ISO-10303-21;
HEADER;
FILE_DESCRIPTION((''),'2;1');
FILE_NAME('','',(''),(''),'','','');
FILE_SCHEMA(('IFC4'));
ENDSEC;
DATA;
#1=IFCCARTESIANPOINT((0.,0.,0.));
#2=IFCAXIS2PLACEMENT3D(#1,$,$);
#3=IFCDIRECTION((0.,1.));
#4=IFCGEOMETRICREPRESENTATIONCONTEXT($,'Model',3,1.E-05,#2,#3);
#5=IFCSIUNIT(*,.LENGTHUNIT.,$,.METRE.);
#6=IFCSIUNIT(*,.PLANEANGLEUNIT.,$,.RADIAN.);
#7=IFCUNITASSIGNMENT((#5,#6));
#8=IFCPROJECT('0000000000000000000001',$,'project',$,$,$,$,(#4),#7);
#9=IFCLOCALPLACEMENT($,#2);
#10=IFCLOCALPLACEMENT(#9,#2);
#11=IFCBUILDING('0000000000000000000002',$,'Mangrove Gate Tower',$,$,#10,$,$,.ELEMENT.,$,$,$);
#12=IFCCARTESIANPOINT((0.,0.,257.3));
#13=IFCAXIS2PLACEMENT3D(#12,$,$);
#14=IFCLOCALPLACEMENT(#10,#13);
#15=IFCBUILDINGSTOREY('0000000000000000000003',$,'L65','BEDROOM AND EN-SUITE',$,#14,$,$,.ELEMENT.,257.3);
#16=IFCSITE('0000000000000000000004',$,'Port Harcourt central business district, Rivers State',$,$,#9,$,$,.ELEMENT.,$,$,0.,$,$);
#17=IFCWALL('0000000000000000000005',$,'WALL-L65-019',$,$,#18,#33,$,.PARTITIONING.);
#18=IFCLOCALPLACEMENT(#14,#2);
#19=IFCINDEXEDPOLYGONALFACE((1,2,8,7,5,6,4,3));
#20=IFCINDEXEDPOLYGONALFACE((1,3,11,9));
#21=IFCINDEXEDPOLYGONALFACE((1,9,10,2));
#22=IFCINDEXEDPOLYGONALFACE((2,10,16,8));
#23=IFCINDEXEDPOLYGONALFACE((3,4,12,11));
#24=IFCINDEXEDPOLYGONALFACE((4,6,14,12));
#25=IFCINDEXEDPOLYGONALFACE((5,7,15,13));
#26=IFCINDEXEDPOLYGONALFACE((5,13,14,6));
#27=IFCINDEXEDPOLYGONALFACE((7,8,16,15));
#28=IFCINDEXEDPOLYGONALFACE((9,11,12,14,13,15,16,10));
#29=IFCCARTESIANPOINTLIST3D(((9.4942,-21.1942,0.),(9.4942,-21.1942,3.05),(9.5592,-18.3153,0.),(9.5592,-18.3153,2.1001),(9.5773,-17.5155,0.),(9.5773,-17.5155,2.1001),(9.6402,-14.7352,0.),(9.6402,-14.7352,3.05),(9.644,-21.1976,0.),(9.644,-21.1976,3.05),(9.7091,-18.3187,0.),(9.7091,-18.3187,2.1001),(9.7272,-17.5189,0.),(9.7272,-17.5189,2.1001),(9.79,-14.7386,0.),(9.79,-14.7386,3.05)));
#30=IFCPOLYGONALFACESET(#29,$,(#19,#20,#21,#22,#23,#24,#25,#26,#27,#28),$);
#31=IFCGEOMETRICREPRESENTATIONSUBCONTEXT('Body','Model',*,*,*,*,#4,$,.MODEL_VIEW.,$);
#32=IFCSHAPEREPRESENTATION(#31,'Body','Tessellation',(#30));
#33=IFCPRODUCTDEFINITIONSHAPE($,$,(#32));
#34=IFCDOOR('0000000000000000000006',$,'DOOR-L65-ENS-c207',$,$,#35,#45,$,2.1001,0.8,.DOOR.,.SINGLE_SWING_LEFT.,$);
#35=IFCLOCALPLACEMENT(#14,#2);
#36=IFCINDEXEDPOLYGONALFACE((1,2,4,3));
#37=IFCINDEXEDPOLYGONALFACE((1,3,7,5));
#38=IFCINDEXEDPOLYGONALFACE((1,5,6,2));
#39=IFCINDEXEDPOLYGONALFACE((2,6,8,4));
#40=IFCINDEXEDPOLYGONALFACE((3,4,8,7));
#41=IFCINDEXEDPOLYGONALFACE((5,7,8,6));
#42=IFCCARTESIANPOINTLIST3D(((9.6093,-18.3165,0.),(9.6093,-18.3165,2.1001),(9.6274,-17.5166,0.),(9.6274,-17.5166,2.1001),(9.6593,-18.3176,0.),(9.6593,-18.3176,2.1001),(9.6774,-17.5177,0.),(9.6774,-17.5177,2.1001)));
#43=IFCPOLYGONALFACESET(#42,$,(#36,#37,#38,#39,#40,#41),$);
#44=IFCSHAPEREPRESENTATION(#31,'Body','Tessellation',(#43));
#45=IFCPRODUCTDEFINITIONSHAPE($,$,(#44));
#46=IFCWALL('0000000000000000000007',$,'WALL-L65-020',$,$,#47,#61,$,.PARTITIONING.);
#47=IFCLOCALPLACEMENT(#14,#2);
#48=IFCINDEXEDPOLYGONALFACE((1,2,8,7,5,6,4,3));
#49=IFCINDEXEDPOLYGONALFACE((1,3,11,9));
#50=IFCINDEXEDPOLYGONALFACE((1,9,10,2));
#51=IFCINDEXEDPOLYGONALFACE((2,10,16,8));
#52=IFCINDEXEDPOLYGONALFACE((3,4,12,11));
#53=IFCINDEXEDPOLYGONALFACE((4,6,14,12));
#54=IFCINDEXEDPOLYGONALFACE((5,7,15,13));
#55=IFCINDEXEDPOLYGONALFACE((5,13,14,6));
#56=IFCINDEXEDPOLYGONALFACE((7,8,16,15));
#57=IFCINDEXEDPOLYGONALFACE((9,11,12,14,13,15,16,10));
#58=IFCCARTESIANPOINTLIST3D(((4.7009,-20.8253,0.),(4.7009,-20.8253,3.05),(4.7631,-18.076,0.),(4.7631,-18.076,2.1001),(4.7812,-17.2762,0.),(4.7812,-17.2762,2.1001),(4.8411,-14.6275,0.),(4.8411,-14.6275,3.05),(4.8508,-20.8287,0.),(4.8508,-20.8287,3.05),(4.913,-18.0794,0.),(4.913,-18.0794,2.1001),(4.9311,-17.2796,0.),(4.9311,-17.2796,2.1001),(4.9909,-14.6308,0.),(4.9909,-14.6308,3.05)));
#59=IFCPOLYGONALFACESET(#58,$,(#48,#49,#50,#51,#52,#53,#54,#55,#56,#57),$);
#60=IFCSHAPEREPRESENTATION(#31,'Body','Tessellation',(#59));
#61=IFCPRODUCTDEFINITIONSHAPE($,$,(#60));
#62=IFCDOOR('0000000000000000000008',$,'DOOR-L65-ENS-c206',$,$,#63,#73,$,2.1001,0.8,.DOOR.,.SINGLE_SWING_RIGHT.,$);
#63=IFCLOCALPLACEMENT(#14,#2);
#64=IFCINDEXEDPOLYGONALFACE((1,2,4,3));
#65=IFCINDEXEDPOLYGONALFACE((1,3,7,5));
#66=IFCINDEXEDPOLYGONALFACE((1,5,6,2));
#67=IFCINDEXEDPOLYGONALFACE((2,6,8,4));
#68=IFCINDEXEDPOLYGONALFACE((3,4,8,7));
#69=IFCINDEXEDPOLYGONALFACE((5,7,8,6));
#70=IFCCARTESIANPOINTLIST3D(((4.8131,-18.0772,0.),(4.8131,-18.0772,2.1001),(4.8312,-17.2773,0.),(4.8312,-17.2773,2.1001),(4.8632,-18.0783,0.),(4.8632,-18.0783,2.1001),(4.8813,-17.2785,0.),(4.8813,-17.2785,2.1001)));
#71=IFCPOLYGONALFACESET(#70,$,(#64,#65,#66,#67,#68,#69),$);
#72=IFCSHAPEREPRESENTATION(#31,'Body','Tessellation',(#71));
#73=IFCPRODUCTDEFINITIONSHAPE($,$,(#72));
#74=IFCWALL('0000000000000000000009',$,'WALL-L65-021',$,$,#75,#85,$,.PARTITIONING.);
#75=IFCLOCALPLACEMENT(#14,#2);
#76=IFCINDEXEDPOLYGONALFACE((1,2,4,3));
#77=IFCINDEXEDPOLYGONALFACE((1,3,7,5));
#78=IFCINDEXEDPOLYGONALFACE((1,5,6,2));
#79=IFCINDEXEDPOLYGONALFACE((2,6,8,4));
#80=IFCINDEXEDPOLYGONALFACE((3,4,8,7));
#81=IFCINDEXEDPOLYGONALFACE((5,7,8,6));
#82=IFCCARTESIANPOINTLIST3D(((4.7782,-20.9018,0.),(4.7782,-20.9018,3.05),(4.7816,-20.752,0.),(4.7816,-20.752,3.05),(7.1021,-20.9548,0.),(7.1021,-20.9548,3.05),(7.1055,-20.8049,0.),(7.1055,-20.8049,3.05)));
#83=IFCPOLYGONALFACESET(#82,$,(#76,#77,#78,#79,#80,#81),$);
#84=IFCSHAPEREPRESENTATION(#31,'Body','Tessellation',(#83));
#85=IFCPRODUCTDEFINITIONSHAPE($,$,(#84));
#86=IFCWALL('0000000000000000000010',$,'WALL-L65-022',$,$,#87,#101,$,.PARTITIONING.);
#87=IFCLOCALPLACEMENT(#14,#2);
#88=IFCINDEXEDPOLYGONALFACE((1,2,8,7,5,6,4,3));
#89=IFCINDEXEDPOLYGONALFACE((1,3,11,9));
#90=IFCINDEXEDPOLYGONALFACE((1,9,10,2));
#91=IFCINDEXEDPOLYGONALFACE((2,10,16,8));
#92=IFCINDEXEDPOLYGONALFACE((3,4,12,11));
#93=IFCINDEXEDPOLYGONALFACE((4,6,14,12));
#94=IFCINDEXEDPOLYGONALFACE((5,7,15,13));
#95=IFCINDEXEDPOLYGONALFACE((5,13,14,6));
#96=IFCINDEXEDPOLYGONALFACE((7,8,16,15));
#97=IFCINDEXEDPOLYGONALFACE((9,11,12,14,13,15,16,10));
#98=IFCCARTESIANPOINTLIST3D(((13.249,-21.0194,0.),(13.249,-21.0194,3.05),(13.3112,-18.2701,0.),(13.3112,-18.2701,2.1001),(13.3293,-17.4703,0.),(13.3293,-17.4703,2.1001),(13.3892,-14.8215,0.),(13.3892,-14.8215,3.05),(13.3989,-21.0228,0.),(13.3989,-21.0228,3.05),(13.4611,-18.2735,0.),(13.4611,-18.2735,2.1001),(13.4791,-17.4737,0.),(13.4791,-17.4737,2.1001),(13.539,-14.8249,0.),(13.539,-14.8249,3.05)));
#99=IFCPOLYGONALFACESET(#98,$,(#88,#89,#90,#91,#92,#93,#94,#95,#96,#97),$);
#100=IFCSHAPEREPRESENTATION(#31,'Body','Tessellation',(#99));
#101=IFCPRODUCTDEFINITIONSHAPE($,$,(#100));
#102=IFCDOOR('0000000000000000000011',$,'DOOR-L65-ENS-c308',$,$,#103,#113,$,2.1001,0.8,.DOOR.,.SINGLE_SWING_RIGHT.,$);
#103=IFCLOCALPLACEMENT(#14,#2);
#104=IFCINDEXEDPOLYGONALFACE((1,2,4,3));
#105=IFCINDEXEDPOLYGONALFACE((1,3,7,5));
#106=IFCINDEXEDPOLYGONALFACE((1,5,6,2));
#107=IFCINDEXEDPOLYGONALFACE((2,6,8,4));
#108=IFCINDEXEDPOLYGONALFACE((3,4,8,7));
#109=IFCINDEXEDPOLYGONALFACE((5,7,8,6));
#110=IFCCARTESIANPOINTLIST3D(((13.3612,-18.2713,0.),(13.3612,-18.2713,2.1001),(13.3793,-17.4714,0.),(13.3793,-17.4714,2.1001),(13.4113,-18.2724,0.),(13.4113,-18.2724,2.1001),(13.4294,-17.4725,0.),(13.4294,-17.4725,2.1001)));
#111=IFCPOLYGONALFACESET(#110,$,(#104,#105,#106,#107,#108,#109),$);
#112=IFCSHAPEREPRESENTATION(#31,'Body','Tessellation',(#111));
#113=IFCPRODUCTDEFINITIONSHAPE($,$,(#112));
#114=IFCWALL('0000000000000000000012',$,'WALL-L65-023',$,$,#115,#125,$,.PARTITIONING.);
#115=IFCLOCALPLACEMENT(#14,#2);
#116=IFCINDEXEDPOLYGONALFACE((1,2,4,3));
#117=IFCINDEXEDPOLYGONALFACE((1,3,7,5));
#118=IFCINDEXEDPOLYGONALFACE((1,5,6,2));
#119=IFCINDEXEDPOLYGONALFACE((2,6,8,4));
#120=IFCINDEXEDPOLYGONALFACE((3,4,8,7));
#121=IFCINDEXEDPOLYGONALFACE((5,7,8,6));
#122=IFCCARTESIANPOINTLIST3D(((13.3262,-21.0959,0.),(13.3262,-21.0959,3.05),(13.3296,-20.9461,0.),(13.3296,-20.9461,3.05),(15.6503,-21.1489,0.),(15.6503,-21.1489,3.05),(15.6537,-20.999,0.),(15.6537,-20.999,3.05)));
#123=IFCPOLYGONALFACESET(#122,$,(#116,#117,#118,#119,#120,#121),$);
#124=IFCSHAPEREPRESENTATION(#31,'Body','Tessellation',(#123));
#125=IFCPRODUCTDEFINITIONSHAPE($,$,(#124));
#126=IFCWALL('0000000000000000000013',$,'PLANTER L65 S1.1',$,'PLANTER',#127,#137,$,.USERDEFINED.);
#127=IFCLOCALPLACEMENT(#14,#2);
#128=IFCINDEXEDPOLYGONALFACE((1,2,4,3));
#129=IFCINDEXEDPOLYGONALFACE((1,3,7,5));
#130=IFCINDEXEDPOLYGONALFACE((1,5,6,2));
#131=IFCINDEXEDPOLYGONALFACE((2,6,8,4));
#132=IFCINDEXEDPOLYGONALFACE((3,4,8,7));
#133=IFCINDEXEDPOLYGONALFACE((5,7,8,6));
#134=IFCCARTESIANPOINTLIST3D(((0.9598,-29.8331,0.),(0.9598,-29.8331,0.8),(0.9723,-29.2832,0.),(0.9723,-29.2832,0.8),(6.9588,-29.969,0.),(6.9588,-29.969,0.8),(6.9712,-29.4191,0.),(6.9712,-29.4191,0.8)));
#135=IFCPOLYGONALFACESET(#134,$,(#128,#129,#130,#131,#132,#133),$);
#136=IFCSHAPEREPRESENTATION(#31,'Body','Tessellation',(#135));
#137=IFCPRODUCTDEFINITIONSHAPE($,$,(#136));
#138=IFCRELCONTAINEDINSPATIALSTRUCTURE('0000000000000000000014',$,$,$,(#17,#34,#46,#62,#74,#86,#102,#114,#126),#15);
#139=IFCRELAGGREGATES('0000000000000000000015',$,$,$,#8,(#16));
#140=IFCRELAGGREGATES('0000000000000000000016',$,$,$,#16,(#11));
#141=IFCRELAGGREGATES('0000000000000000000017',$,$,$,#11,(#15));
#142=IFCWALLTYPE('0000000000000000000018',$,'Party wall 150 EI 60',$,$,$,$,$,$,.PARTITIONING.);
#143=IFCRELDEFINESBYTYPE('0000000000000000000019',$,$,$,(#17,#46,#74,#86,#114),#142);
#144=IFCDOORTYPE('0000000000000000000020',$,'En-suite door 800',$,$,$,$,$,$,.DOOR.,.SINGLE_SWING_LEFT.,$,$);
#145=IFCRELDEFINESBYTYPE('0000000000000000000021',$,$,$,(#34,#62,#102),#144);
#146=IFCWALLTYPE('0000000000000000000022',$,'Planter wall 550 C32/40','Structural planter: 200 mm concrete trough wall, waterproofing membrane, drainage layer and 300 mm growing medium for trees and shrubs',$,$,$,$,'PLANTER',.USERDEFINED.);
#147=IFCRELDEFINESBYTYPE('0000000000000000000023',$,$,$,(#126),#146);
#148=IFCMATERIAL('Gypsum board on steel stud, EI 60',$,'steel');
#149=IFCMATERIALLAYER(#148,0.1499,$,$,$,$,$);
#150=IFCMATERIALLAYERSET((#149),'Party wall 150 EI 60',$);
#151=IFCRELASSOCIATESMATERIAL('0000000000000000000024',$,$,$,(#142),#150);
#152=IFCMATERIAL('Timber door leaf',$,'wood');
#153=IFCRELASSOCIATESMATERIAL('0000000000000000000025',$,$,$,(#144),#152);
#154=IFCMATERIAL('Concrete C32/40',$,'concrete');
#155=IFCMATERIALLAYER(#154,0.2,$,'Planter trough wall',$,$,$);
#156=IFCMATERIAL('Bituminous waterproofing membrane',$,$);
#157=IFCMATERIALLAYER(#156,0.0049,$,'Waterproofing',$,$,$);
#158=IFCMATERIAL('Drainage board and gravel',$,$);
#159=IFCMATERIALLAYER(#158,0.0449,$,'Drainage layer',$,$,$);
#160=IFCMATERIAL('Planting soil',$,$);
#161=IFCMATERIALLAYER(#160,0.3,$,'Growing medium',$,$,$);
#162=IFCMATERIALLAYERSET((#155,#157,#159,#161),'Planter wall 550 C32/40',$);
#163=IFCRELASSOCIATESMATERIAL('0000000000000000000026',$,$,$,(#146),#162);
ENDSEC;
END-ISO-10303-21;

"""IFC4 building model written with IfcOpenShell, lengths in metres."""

from ifc_helpers import new_model, si_unit, direction, frame, frame_2d, origin, place, context, subcontext, project, spatial, rectangle, extrude, material, layer, layer_set, type_object, element, fill, save


model = new_model("IFC4")

# Units and contexts
model_context = context("Model", 3, precision=1e-05, world=origin(), true_north=direction((0.0, 1.0)))
body_context = subcontext(model_context, "Body", "Model", "MODEL_VIEW")
ifc_project = project(units=[si_unit("LENGTHUNIT", "METRE"), si_unit("PLANEANGLEUNIT", "RADIAN")], contexts=[model_context])

# Site, building, storey
site_placement = place(None, origin())
site = spatial("IfcSite", under=ifc_project, at=site_placement, Name="Port Harcourt central business district, Rivers State", CompositionType="ELEMENT", RefElevation=0.0)
building_placement = place(site_placement, origin())
building = spatial("IfcBuilding", under=site, at=building_placement, Name="Mangrove Gate Tower", CompositionType="ELEMENT")
storey_placement = place(building_placement, frame((0.0, 0.0, 257.3)))
storey = spatial("IfcBuildingStorey", under=building, at=storey_placement, Name="L65", Description="BEDROOM AND EN-SUITE", CompositionType="ELEMENT", Elevation=257.3)

# Shared definitions
ifc_material_1 = material(Name="Gypsum board on steel stud, EI 60", Category="steel")
ifc_layer_1 = layer(ifc_material_1, 0.1499)
ifc_layer_set_1 = layer_set([ifc_layer_1], Name="Party wall 150 EI 60")
wall_type_1 = type_object("IfcWallType", Name="Party wall 150 EI 60", PredefinedType="PARTITIONING", material=ifc_layer_set_1)

# Shared definitions
ifc_material_2 = material(Name="Timber door leaf", Category="wood")
door_type = type_object("IfcDoorType", Name="En-suite door 800", OperationType="SINGLE_SWING_LEFT", PredefinedType="DOOR", material=ifc_material_2)

# Walls, openings, doors
wall_1_placement = place(storey_placement, frame((9.5691, -21.196, 0.0), z_axis=(0.0, 0.0, 1.0), x_axis=(0.022598, 0.999745, 0.0)))
wall_1 = element("IfcWall", 1, at=wall_1_placement, inside=storey, type_object=wall_type_1, Name="WALL-L65-019", PredefinedType="PARTITIONING", context=body_context, shape_type="SweptSolid", body=[
    extrude(rectangle(XDim=6.4607, YDim=0.1499, at=frame_2d((3.2305, 0.0))), origin(), (0.0, 0.0, 1.0), 3.05),
])
opening_1_placement = place(wall_1_placement, frame((2.8799, 0.0, 0.0)))
opening_1 = element("IfcOpeningElement", 2, at=opening_1_placement, cuts=wall_1, PredefinedType="OPENING", context=body_context, shape_type="SweptSolid", body=[
    extrude(rectangle(XDim=0.8, YDim=2.1001, at=frame_2d((0.3999, 1.05))), frame((0.0, 0.085, 0.0), z_axis=(0.0, -1.0, 0.0), x_axis=(1.0, 0.0, 0.0)), (0.0, 0.0, 1.0), 0.1699),
])
door_1_placement = place(opening_1_placement, origin())
door_1 = element("IfcDoor", 3, at=door_1_placement, inside=storey, type_object=door_type, Name="DOOR-L65-ENS-c207", OperationType="SINGLE_SWING_LEFT", OverallHeight=2.1001, OverallWidth=0.8, PredefinedType="DOOR", context=body_context, shape_type="SweptSolid", body=[
    extrude(rectangle(XDim=0.8, YDim=2.1001, at=frame_2d((0.3999, 1.05))), frame((0.0, 0.0249, 0.0), z_axis=(0.0, -1.0, 0.0), x_axis=(1.0, 0.0, 0.0)), (0.0, 0.0, 1.0), 0.05),
])
fill(opening_1, door_1)
wall_2_placement = place(storey_placement, frame((4.7759, -20.8269, 0.0), z_axis=(0.0, 0.0, 1.0), x_axis=(0.022604, 0.999744, 0.0)))
wall_2 = element("IfcWall", 4, at=wall_2_placement, inside=storey, type_object=wall_type_1, Name="WALL-L65-020", PredefinedType="PARTITIONING", context=body_context, shape_type="SweptSolid", body=[
    extrude(rectangle(XDim=6.1995, YDim=0.1499, at=frame_2d((3.0996, 0.0))), origin(), (0.0, 0.0, 1.0), 3.05),
])
opening_2_placement = place(wall_2_placement, frame((2.75, 0.0, 0.0)))
opening_2 = element("IfcOpeningElement", 5, at=opening_2_placement, cuts=wall_2, PredefinedType="OPENING", context=body_context, shape_type="SweptSolid", body=[
    extrude(rectangle(XDim=0.8, YDim=2.1001, at=frame_2d((0.3999, 1.05))), frame((0.0, 0.085, 0.0), z_axis=(0.0, -1.0, 0.0), x_axis=(1.0, 0.0, 0.0)), (0.0, 0.0, 1.0), 0.1699),
])
door_2_placement = place(opening_2_placement, origin())
door_2 = element("IfcDoor", 6, at=door_2_placement, inside=storey, type_object=door_type, Name="DOOR-L65-ENS-c206", OperationType="SINGLE_SWING_RIGHT", OverallHeight=2.1001, OverallWidth=0.8, PredefinedType="DOOR", context=body_context, shape_type="SweptSolid", body=[
    extrude(rectangle(XDim=0.8, YDim=2.1001, at=frame_2d((0.3999, 1.05))), frame((0.0, 0.0249, 0.0), z_axis=(0.0, -1.0, 0.0), x_axis=(1.0, 0.0, 0.0)), (0.0, 0.0, 1.0), 0.05),
])
fill(opening_2, door_2)

# Wall
wall_3_placement = place(storey_placement, frame((4.78, -20.8269, 0.0), z_axis=(0.0, 0.0, 1.0), x_axis=(0.99974, -0.022791, 0.0)))
element("IfcWall", 7, at=wall_3_placement, inside=storey, type_object=wall_type_1, Name="WALL-L65-021", PredefinedType="PARTITIONING", context=body_context, shape_type="SweptSolid", body=[
    extrude(rectangle(XDim=2.3245, YDim=0.1499, at=frame_2d((1.1621, 0.0))), origin(), (0.0, 0.0, 1.0), 3.05),
])

# Wall, opening, door
wall_4_placement = place(storey_placement, frame((13.324, -21.021, 0.0), z_axis=(0.0, 0.0, 1.0), x_axis=(0.022604, 0.999744, 0.0)))
wall_4 = element("IfcWall", 8, at=wall_4_placement, inside=storey, type_object=wall_type_1, Name="WALL-L65-022", PredefinedType="PARTITIONING", context=body_context, shape_type="SweptSolid", body=[
    extrude(rectangle(XDim=6.1995, YDim=0.1499, at=frame_2d((3.0996, 0.0))), origin(), (0.0, 0.0, 1.0), 3.05),
])
opening_3_placement = place(wall_4_placement, frame((2.75, 0.0, 0.0)))
opening_3 = element("IfcOpeningElement", 9, at=opening_3_placement, cuts=wall_4, PredefinedType="OPENING", context=body_context, shape_type="SweptSolid", body=[
    extrude(rectangle(XDim=0.8, YDim=2.1001, at=frame_2d((0.3999, 1.05))), frame((0.0, 0.085, 0.0), z_axis=(0.0, -1.0, 0.0), x_axis=(1.0, 0.0, 0.0)), (0.0, 0.0, 1.0), 0.1699),
])
door_3_placement = place(opening_3_placement, origin())
door_3 = element("IfcDoor", 10, at=door_3_placement, inside=storey, type_object=door_type, Name="DOOR-L65-ENS-c308", OperationType="SINGLE_SWING_RIGHT", OverallHeight=2.1001, OverallWidth=0.8, PredefinedType="DOOR", context=body_context, shape_type="SweptSolid", body=[
    extrude(rectangle(XDim=0.8, YDim=2.1001, at=frame_2d((0.3999, 1.05))), frame((0.0, 0.0249, 0.0), z_axis=(0.0, -1.0, 0.0), x_axis=(1.0, 0.0, 0.0)), (0.0, 0.0, 1.0), 0.05),
])
fill(opening_3, door_3)

# Walls
wall_5_placement = place(storey_placement, frame((13.3279, -21.021, 0.0), z_axis=(0.0, 0.0, 1.0), x_axis=(0.99974, -0.022788, 0.0)))
element("IfcWall", 11, at=wall_5_placement, inside=storey, type_object=wall_type_1, Name="WALL-L65-023", PredefinedType="PARTITIONING", context=body_context, shape_type="SweptSolid", body=[
    extrude(rectangle(XDim=2.3247, YDim=0.1499, at=frame_2d((1.1624, 0.0))), origin(), (0.0, 0.0, 1.0), 3.05),
])
ifc_material_3 = material(Name="Concrete C32/40", Category="concrete")
ifc_layer_2 = layer(ifc_material_3, 0.2, Name="Planter trough wall")
ifc_material_4 = material(Name="Bituminous waterproofing membrane")
ifc_layer_3 = layer(ifc_material_4, 0.0049, Name="Waterproofing")
ifc_material_5 = material(Name="Drainage board and gravel")
ifc_layer_4 = layer(ifc_material_5, 0.0449, Name="Drainage layer")
ifc_material_6 = material(Name="Planting soil")
ifc_layer_5 = layer(ifc_material_6, 0.3, Name="Growing medium")
ifc_layer_set_2 = layer_set([ifc_layer_2, ifc_layer_3, ifc_layer_4, ifc_layer_5], Name="Planter wall 550 C32/40")
wall_type_2 = type_object("IfcWallType", Name="Planter wall 550 C32/40", Description="Structural planter: 200 mm concrete trough wall, waterproofing membrane, drainage layer and 300 mm growing medium for trees and shrubs", ElementType="PLANTER", PredefinedType="USERDEFINED", material=ifc_layer_set_2)
wall_6_placement = place(storey_placement, frame((0.9661, -29.5581, 0.0), z_axis=(0.0, 0.0, 1.0), x_axis=(0.999743, -0.022662, 0.0)))
element("IfcWall", 12, at=wall_6_placement, inside=storey, type_object=wall_type_2, Name="PLANTER L65 S1.1", ObjectType="PLANTER", PredefinedType="USERDEFINED", context=body_context, shape_type="SweptSolid", body=[
    extrude(rectangle(XDim=6.0005, YDim=0.55, at=frame_2d((3.0002, 0.0))), origin(), (0.0, 0.0, 1.0), 0.8),
])

save(model, "model.ifc")
